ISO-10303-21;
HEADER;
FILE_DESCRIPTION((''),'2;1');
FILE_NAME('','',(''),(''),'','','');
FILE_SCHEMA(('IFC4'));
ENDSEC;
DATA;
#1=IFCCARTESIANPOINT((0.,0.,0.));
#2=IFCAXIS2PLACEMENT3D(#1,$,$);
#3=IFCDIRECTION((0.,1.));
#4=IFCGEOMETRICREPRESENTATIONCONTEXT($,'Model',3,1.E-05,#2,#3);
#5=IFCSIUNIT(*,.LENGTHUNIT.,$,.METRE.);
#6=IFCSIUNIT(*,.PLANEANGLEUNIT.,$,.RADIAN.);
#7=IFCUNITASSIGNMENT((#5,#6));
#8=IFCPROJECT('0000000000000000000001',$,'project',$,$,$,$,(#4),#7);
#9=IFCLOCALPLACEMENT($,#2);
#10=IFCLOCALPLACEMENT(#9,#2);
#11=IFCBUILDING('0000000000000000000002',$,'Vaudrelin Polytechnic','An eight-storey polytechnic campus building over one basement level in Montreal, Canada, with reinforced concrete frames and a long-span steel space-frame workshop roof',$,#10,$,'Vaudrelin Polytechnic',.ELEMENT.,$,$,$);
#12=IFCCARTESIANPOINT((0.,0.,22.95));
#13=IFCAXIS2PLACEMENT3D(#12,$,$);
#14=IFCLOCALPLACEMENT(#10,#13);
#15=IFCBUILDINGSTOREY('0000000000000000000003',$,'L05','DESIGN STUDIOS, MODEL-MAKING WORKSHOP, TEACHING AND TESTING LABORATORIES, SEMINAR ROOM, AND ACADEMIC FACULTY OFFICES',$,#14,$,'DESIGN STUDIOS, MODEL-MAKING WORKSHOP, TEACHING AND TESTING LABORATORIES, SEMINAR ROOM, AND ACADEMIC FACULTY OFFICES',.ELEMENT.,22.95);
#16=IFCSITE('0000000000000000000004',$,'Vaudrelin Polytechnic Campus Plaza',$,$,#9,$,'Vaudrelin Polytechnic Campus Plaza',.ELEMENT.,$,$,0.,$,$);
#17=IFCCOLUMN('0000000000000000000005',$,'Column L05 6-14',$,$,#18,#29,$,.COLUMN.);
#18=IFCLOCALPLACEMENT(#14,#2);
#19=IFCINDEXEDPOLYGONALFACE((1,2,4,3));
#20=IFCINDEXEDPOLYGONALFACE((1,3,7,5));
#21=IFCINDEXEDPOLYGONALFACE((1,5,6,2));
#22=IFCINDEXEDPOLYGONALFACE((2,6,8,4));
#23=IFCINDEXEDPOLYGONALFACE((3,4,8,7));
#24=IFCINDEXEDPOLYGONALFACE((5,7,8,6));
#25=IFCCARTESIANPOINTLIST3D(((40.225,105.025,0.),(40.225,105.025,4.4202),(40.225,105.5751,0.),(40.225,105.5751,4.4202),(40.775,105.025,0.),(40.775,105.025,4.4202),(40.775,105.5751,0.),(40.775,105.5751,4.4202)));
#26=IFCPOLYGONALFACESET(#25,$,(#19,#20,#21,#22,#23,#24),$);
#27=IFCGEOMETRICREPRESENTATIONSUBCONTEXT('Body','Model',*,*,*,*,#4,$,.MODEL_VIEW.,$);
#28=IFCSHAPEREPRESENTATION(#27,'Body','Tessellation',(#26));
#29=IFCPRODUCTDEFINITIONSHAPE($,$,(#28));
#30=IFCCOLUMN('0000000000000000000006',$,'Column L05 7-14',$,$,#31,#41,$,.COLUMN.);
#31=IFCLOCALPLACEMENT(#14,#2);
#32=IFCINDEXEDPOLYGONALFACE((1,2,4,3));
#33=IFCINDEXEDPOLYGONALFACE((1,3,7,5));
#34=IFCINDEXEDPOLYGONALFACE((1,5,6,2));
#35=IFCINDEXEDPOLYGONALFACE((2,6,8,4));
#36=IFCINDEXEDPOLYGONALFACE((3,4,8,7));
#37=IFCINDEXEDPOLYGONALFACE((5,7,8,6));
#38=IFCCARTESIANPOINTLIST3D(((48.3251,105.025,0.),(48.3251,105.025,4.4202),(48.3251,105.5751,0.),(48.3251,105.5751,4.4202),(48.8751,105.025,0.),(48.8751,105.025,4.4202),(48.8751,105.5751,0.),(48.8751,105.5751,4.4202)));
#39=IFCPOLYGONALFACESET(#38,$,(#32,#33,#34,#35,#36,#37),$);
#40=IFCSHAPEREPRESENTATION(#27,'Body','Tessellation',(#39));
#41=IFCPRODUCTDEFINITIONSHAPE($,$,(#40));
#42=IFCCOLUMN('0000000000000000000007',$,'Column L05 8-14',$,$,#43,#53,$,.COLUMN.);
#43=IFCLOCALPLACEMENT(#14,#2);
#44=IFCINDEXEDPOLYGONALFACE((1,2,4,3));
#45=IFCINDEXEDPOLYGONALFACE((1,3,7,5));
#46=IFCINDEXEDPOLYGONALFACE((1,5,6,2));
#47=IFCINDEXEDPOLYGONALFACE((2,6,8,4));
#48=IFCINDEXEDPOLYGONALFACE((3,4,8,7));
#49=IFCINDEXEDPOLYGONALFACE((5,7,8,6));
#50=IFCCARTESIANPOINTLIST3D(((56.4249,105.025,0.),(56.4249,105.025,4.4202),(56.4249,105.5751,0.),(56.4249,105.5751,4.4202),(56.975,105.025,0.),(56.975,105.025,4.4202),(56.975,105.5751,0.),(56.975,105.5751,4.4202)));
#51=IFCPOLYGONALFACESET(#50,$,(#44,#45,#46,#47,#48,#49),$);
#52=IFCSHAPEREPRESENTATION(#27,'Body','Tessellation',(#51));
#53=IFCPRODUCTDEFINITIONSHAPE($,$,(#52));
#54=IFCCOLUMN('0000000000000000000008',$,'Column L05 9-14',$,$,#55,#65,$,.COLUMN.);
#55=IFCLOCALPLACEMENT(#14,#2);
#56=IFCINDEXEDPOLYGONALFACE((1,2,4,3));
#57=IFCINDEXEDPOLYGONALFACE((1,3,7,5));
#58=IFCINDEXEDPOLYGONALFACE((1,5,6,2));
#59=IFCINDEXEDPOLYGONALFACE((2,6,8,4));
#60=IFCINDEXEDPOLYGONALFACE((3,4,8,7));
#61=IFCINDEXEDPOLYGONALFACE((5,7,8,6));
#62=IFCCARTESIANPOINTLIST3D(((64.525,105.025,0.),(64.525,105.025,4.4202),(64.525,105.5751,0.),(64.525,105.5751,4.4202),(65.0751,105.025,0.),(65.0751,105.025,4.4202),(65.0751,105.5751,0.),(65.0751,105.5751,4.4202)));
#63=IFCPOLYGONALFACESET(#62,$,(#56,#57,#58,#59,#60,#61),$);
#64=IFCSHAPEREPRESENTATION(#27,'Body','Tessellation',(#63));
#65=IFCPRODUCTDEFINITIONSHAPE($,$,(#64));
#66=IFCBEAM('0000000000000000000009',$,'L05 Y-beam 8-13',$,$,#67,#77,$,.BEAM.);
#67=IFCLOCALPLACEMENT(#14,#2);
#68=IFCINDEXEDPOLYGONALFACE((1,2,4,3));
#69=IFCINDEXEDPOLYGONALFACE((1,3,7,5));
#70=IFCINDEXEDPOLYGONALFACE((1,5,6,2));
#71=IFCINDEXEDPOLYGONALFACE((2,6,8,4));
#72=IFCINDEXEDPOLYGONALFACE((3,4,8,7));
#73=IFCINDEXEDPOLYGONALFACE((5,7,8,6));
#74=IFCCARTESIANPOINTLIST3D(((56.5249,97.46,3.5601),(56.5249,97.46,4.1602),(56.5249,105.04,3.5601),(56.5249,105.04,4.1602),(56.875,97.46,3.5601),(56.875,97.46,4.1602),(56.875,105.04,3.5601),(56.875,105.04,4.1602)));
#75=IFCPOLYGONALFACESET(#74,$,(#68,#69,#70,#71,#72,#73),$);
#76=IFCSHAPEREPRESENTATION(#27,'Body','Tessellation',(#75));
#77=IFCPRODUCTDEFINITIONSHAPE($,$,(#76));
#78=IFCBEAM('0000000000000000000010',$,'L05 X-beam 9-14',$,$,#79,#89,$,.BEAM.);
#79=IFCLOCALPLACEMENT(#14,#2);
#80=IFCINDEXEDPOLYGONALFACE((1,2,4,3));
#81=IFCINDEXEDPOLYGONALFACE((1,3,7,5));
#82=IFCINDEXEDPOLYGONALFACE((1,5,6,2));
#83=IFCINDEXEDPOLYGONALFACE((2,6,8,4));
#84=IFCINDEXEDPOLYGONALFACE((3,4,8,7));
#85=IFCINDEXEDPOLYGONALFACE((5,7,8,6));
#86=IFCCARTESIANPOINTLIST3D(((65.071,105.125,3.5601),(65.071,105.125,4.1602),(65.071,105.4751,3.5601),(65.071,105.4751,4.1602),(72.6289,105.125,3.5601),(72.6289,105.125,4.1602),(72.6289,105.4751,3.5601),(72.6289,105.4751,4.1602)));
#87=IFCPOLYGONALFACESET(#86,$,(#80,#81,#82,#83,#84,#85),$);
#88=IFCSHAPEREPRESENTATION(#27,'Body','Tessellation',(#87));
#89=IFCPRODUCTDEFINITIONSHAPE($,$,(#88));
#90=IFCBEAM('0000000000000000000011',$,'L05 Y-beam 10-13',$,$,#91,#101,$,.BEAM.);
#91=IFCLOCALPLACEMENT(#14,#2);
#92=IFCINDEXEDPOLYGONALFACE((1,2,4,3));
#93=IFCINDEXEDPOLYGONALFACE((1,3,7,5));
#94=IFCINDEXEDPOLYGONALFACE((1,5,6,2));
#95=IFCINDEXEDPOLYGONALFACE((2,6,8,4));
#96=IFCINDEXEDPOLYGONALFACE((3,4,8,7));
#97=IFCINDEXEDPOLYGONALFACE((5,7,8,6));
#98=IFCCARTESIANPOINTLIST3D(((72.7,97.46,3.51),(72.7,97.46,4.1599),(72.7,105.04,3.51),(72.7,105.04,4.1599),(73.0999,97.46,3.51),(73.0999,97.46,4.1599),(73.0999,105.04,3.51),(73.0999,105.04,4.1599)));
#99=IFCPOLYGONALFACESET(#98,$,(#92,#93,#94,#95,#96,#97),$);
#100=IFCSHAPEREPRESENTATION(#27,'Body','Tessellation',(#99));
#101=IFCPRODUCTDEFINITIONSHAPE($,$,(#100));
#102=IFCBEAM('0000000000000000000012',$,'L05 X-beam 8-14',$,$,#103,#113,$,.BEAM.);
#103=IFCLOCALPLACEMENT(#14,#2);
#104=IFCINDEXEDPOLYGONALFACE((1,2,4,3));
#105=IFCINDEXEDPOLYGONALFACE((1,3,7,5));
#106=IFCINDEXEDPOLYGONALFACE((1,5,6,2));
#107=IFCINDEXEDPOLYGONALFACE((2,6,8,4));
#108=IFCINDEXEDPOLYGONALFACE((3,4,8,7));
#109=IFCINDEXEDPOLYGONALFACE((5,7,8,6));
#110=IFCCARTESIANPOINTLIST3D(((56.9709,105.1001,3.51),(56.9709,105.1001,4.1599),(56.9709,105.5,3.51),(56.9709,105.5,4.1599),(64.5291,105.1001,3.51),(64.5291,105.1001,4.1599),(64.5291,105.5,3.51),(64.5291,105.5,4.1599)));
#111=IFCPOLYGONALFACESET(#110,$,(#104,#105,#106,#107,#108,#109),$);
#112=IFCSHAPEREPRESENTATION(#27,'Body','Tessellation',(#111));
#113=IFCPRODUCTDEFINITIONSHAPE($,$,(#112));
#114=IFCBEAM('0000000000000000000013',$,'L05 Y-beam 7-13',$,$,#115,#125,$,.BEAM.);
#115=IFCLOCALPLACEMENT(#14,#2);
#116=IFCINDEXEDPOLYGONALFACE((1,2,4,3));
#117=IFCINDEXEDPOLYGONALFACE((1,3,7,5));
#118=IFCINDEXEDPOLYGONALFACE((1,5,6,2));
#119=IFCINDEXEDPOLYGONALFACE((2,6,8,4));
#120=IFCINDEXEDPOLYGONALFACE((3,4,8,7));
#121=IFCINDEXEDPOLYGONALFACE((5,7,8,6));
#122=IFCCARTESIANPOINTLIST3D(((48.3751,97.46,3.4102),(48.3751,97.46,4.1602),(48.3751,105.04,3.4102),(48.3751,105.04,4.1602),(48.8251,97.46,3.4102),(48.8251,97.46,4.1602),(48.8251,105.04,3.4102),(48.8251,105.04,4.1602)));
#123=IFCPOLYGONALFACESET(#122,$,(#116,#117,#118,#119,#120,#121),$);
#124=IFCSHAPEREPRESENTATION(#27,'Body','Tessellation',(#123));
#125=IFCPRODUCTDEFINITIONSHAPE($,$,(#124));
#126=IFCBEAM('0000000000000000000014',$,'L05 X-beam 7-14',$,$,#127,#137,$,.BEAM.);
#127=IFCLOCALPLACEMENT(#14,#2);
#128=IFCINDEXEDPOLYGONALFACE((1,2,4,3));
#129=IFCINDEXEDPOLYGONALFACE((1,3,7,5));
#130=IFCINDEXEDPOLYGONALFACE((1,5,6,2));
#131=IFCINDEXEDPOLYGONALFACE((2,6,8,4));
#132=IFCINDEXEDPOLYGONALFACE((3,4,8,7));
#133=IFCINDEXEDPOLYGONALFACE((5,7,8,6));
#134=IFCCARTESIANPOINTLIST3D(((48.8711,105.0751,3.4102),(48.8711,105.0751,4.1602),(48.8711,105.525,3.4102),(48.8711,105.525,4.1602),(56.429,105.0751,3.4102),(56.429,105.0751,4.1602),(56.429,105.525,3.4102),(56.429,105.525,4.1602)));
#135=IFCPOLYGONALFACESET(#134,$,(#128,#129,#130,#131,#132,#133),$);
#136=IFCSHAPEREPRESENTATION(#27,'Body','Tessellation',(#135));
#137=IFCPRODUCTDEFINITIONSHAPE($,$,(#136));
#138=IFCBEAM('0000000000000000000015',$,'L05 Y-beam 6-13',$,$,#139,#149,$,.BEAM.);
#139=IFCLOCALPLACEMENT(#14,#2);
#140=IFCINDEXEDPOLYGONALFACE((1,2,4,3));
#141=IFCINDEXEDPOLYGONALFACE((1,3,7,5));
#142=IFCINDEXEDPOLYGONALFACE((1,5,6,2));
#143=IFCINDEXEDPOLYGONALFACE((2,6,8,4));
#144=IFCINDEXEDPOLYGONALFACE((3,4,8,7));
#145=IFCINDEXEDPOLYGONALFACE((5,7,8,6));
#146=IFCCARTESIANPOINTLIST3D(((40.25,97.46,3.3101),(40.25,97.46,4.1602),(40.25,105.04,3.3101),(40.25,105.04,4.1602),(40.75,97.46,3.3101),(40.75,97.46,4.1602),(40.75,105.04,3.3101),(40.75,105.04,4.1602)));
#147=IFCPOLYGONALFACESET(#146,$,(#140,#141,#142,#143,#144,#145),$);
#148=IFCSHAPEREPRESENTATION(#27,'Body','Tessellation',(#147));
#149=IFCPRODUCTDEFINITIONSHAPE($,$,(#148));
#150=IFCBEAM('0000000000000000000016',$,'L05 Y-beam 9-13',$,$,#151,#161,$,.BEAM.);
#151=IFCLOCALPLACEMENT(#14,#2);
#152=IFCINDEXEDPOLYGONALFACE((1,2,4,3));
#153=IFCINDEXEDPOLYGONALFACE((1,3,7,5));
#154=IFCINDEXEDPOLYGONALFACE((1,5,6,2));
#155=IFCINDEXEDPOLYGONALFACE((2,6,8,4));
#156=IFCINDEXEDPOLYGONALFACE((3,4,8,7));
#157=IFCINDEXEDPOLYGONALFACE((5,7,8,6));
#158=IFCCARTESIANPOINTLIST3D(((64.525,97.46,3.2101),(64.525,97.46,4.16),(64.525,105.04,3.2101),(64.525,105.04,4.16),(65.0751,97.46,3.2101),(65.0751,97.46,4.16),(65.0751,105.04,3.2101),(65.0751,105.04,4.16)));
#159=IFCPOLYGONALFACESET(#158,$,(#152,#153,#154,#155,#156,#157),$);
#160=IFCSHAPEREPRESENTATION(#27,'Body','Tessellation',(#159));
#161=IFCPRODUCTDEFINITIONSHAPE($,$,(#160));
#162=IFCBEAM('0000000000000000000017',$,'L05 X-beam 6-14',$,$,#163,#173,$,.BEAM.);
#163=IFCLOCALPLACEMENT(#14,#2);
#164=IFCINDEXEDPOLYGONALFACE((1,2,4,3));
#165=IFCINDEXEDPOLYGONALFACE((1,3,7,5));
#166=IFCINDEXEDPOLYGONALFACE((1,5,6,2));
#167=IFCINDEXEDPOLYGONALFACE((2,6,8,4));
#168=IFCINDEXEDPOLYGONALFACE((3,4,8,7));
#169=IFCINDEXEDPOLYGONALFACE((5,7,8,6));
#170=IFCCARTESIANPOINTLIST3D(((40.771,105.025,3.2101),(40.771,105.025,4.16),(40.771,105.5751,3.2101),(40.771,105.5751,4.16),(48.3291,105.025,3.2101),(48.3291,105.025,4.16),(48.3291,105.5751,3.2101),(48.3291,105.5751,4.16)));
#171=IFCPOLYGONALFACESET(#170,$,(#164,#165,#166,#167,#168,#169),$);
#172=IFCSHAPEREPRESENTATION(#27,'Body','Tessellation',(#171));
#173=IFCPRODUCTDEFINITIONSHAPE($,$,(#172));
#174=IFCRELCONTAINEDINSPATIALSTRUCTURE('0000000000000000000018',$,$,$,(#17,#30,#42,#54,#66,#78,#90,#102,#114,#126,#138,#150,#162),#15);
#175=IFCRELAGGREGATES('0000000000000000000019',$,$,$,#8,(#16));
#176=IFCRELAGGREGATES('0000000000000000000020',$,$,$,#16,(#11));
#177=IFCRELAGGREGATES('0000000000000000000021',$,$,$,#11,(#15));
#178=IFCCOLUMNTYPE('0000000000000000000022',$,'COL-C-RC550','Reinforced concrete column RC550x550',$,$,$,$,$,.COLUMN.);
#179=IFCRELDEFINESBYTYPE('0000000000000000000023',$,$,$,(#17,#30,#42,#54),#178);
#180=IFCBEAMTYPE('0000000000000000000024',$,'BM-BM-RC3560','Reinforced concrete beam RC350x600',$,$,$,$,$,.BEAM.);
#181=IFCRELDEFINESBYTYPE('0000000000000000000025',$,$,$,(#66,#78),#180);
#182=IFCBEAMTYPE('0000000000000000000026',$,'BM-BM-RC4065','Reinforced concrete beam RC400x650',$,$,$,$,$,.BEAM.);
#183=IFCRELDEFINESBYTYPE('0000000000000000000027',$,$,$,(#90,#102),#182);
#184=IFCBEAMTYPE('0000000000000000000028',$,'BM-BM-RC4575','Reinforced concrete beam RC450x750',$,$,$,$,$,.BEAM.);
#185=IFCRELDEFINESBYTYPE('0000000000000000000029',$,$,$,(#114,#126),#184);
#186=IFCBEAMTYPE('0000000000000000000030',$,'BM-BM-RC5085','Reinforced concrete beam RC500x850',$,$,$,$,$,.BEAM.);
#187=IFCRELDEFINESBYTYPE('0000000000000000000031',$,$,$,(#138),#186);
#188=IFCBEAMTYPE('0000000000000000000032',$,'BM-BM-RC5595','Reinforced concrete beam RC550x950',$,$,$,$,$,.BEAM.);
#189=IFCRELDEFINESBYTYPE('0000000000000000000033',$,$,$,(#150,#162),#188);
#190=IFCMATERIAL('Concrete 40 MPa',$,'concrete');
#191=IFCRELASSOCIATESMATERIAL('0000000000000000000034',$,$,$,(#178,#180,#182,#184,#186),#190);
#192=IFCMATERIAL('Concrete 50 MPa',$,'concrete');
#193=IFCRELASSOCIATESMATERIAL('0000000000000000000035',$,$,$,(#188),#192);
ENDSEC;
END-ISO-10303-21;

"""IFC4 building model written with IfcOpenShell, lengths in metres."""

from ifc_helpers import new_model, si_unit, direction, frame, origin, origin_2d, place, context, subcontext, project, spatial, rectangle, extrude, material, material_profile, profile_set, type_object, element, save


model = new_model("IFC4")

# Units and contexts
model_context = context("Model", 3, precision=1e-05, world=origin(), true_north=direction((0.0, 1.0)))
body_context = subcontext(model_context, "Body", "Model", "MODEL_VIEW")
ifc_project = project(units=[si_unit("LENGTHUNIT", "METRE"), si_unit("PLANEANGLEUNIT", "RADIAN")], contexts=[model_context])

# Site, building, storey
site_placement = place(None, origin())
site = spatial("IfcSite", under=ifc_project, at=site_placement, Name="Vaudrelin Polytechnic Campus Plaza", LongName="Vaudrelin Polytechnic Campus Plaza", CompositionType="ELEMENT", RefElevation=0.0)
building_placement = place(site_placement, origin())
building = spatial("IfcBuilding", under=site, at=building_placement, Name="Vaudrelin Polytechnic", Description="An eight-storey polytechnic campus building over one basement level in Montreal, Canada, with reinforced concrete frames and a long-span steel space-frame workshop roof", LongName="Vaudrelin Polytechnic", CompositionType="ELEMENT")
storey_placement = place(building_placement, frame((0.0, 0.0, 22.95)))
storey = spatial("IfcBuildingStorey", under=building, at=storey_placement, Name="L05", Description="DESIGN STUDIOS, MODEL-MAKING WORKSHOP, TEACHING AND TESTING LABORATORIES, SEMINAR ROOM, AND ACADEMIC FACULTY OFFICES", LongName="DESIGN STUDIOS, MODEL-MAKING WORKSHOP, TEACHING AND TESTING LABORATORIES, SEMINAR ROOM, AND ACADEMIC FACULTY OFFICES", CompositionType="ELEMENT", Elevation=22.95)

# Columns
ifc_material_1 = material(Name="Concrete 40 MPa", Category="concrete")
ifc_material_profile_1 = material_profile(ifc_material_1, rectangle(XDim=0.55, YDim=0.55, at=origin_2d()), Name="RC550x550")
ifc_profile_set_1 = profile_set([ifc_material_profile_1], Name="Concrete 40 MPa")
column_type = type_object("IfcColumnType", Name="COL-C-RC550", Description="Reinforced concrete column RC550x550", PredefinedType="COLUMN", material=ifc_profile_set_1)
for number, where, z_axis, x_axis, name in (
    (1, (40.5, 105.3, 0.0), (0.0, 0.0, 1.0), (1.0, 0.0, 0.0), "Column L05 6-14"),
    (2, (48.6001, 105.3, 0.0), (0.0, 0.0, 1.0), (1.0, 0.0, 0.0), "Column L05 7-14"),
    (3, (56.7, 105.3, 0.0), (0.0, 0.0, 1.0), (1.0, 0.0, 0.0), "Column L05 8-14"),
    (4, (64.8, 105.3, 0.0), (0.0, 0.0, 1.0), (1.0, 0.0, 0.0), "Column L05 9-14"),
):
    element("IfcColumn", number, at=place(storey_placement, frame(where, z_axis=z_axis, x_axis=x_axis)), inside=storey, type_object=column_type, Name=name, PredefinedType="COLUMN", context=body_context, shape_type="SweptSolid", body=[
        extrude(rectangle(XDim=0.55, YDim=0.55, at=origin_2d()), origin(), (0.0, 0.0, 1.0), 4.4202),
    ])

# Beams
ifc_material_profile_2 = material_profile(ifc_material_1, rectangle(XDim=0.3501, YDim=0.6001, at=origin_2d()), Name="RC350x600")
ifc_profile_set_2 = profile_set([ifc_material_profile_2], Name="Concrete 40 MPa")
beam_type_1 = type_object("IfcBeamType", Name="BM-BM-RC3560", Description="Reinforced concrete beam RC350x600", PredefinedType="BEAM", material=ifc_profile_set_2)
beam_1_placement = place(storey_placement, frame((56.7, 97.46, 3.8601), z_axis=(0.0, 1.0, 0.0), x_axis=(-1.0, 0.0, 0.0)))
element("IfcBeam", 5, at=beam_1_placement, inside=storey, type_object=beam_type_1, Name="L05 Y-beam 8-13", PredefinedType="BEAM", context=body_context, shape_type="SweptSolid", body=[
    extrude(rectangle(XDim=0.3501, YDim=0.6001, at=origin_2d()), origin(), (0.0, 0.0, 1.0), 7.5801),
])
beam_2_placement = place(storey_placement, frame((65.071, 105.3, 3.8601), z_axis=(1.0, 0.0, 0.0), x_axis=(0.0, 1.0, 0.0)))
element("IfcBeam", 6, at=beam_2_placement, inside=storey, type_object=beam_type_1, Name="L05 X-beam 9-14", PredefinedType="BEAM", context=body_context, shape_type="SweptSolid", body=[
    extrude(rectangle(XDim=0.3501, YDim=0.6001, at=origin_2d()), origin(), (0.0, 0.0, 1.0), 7.5579),
])
ifc_material_profile_3 = material_profile(ifc_material_1, rectangle(XDim=0.3999, YDim=0.6499, at=origin_2d()), Name="RC400x650")
ifc_profile_set_3 = profile_set([ifc_material_profile_3], Name="Concrete 40 MPa")
beam_type_2 = type_object("IfcBeamType", Name="BM-BM-RC4065", Description="Reinforced concrete beam RC400x650", PredefinedType="BEAM", material=ifc_profile_set_3)
beam_3_placement = place(storey_placement, frame((72.8999, 97.46, 3.835), z_axis=(0.0, 1.0, 0.0), x_axis=(-1.0, 0.0, 0.0)))
element("IfcBeam", 7, at=beam_3_placement, inside=storey, type_object=beam_type_2, Name="L05 Y-beam 10-13", PredefinedType="BEAM", context=body_context, shape_type="SweptSolid", body=[
    extrude(rectangle(XDim=0.3999, YDim=0.6499, at=origin_2d()), origin(), (0.0, 0.0, 1.0), 7.5801),
])
beam_4_placement = place(storey_placement, frame((56.9709, 105.3, 3.835), z_axis=(1.0, 0.0, 0.0), x_axis=(0.0, 1.0, 0.0)))
element("IfcBeam", 8, at=beam_4_placement, inside=storey, type_object=beam_type_2, Name="L05 X-beam 8-14", PredefinedType="BEAM", context=body_context, shape_type="SweptSolid", body=[
    extrude(rectangle(XDim=0.3999, YDim=0.6499, at=origin_2d()), origin(), (0.0, 0.0, 1.0), 7.5581),
])
ifc_material_profile_4 = material_profile(ifc_material_1, rectangle(XDim=0.45, YDim=0.75, at=origin_2d()), Name="RC450x750")
ifc_profile_set_4 = profile_set([ifc_material_profile_4], Name="Concrete 40 MPa")
beam_type_3 = type_object("IfcBeamType", Name="BM-BM-RC4575", Description="Reinforced concrete beam RC450x750", PredefinedType="BEAM", material=ifc_profile_set_4)
beam_5_placement = place(storey_placement, frame((48.6001, 97.46, 3.7852), z_axis=(0.0, 1.0, 0.0), x_axis=(-1.0, 0.0, 0.0)))
element("IfcBeam", 9, at=beam_5_placement, inside=storey, type_object=beam_type_3, Name="L05 Y-beam 7-13", PredefinedType="BEAM", context=body_context, shape_type="SweptSolid", body=[
    extrude(rectangle(XDim=0.45, YDim=0.75, at=origin_2d()), origin(), (0.0, 0.0, 1.0), 7.5801),
])
beam_6_placement = place(storey_placement, frame((48.8711, 105.3, 3.7852), z_axis=(1.0, 0.0, 0.0), x_axis=(0.0, 1.0, 0.0)))
element("IfcBeam", 10, at=beam_6_placement, inside=storey, type_object=beam_type_3, Name="L05 X-beam 7-14", PredefinedType="BEAM", context=body_context, shape_type="SweptSolid", body=[
    extrude(rectangle(XDim=0.45, YDim=0.75, at=origin_2d()), origin(), (0.0, 0.0, 1.0), 7.5579),
])
ifc_material_profile_5 = material_profile(ifc_material_1, rectangle(XDim=0.5, YDim=0.8501, at=origin_2d()), Name="RC500x850")
ifc_profile_set_5 = profile_set([ifc_material_profile_5], Name="Concrete 40 MPa")
beam_type_4 = type_object("IfcBeamType", Name="BM-BM-RC5085", Description="Reinforced concrete beam RC500x850", PredefinedType="BEAM", material=ifc_profile_set_5)
beam_7_placement = place(storey_placement, frame((40.5, 97.46, 3.7351), z_axis=(0.0, 1.0, 0.0), x_axis=(-1.0, 0.0, 0.0)))
element("IfcBeam", 11, at=beam_7_placement, inside=storey, type_object=beam_type_4, Name="L05 Y-beam 6-13", PredefinedType="BEAM", context=body_context, shape_type="SweptSolid", body=[
    extrude(rectangle(XDim=0.5, YDim=0.8501, at=origin_2d()), origin(), (0.0, 0.0, 1.0), 7.5801),
])
ifc_material_2 = material(Name="Concrete 50 MPa", Category="concrete")
ifc_material_profile_6 = material_profile(ifc_material_2, rectangle(XDim=0.55, YDim=0.95, at=origin_2d()), Name="RC550x950")
ifc_profile_set_6 = profile_set([ifc_material_profile_6], Name="Concrete 50 MPa")
beam_type_5 = type_object("IfcBeamType", Name="BM-BM-RC5595", Description="Reinforced concrete beam RC550x950", PredefinedType="BEAM", material=ifc_profile_set_6)
beam_8_placement = place(storey_placement, frame((64.8, 97.46, 3.6851), z_axis=(0.0, 1.0, 0.0), x_axis=(-1.0, 0.0, 0.0)))
element("IfcBeam", 12, at=beam_8_placement, inside=storey, type_object=beam_type_5, Name="L05 Y-beam 9-13", PredefinedType="BEAM", context=body_context, shape_type="SweptSolid", body=[
    extrude(rectangle(XDim=0.55, YDim=0.95, at=origin_2d()), origin(), (0.0, 0.0, 1.0), 7.5801),
])
beam_9_placement = place(storey_placement, frame((40.771, 105.3, 3.6851), z_axis=(1.0, 0.0, 0.0), x_axis=(0.0, 1.0, 0.0)))
element("IfcBeam", 13, at=beam_9_placement, inside=storey, type_object=beam_type_5, Name="L05 X-beam 6-14", PredefinedType="BEAM", context=body_context, shape_type="SweptSolid", body=[
    extrude(rectangle(XDim=0.55, YDim=0.95, at=origin_2d()), origin(), (0.0, 0.0, 1.0), 7.5581),
])

save(model, "model.ifc")
